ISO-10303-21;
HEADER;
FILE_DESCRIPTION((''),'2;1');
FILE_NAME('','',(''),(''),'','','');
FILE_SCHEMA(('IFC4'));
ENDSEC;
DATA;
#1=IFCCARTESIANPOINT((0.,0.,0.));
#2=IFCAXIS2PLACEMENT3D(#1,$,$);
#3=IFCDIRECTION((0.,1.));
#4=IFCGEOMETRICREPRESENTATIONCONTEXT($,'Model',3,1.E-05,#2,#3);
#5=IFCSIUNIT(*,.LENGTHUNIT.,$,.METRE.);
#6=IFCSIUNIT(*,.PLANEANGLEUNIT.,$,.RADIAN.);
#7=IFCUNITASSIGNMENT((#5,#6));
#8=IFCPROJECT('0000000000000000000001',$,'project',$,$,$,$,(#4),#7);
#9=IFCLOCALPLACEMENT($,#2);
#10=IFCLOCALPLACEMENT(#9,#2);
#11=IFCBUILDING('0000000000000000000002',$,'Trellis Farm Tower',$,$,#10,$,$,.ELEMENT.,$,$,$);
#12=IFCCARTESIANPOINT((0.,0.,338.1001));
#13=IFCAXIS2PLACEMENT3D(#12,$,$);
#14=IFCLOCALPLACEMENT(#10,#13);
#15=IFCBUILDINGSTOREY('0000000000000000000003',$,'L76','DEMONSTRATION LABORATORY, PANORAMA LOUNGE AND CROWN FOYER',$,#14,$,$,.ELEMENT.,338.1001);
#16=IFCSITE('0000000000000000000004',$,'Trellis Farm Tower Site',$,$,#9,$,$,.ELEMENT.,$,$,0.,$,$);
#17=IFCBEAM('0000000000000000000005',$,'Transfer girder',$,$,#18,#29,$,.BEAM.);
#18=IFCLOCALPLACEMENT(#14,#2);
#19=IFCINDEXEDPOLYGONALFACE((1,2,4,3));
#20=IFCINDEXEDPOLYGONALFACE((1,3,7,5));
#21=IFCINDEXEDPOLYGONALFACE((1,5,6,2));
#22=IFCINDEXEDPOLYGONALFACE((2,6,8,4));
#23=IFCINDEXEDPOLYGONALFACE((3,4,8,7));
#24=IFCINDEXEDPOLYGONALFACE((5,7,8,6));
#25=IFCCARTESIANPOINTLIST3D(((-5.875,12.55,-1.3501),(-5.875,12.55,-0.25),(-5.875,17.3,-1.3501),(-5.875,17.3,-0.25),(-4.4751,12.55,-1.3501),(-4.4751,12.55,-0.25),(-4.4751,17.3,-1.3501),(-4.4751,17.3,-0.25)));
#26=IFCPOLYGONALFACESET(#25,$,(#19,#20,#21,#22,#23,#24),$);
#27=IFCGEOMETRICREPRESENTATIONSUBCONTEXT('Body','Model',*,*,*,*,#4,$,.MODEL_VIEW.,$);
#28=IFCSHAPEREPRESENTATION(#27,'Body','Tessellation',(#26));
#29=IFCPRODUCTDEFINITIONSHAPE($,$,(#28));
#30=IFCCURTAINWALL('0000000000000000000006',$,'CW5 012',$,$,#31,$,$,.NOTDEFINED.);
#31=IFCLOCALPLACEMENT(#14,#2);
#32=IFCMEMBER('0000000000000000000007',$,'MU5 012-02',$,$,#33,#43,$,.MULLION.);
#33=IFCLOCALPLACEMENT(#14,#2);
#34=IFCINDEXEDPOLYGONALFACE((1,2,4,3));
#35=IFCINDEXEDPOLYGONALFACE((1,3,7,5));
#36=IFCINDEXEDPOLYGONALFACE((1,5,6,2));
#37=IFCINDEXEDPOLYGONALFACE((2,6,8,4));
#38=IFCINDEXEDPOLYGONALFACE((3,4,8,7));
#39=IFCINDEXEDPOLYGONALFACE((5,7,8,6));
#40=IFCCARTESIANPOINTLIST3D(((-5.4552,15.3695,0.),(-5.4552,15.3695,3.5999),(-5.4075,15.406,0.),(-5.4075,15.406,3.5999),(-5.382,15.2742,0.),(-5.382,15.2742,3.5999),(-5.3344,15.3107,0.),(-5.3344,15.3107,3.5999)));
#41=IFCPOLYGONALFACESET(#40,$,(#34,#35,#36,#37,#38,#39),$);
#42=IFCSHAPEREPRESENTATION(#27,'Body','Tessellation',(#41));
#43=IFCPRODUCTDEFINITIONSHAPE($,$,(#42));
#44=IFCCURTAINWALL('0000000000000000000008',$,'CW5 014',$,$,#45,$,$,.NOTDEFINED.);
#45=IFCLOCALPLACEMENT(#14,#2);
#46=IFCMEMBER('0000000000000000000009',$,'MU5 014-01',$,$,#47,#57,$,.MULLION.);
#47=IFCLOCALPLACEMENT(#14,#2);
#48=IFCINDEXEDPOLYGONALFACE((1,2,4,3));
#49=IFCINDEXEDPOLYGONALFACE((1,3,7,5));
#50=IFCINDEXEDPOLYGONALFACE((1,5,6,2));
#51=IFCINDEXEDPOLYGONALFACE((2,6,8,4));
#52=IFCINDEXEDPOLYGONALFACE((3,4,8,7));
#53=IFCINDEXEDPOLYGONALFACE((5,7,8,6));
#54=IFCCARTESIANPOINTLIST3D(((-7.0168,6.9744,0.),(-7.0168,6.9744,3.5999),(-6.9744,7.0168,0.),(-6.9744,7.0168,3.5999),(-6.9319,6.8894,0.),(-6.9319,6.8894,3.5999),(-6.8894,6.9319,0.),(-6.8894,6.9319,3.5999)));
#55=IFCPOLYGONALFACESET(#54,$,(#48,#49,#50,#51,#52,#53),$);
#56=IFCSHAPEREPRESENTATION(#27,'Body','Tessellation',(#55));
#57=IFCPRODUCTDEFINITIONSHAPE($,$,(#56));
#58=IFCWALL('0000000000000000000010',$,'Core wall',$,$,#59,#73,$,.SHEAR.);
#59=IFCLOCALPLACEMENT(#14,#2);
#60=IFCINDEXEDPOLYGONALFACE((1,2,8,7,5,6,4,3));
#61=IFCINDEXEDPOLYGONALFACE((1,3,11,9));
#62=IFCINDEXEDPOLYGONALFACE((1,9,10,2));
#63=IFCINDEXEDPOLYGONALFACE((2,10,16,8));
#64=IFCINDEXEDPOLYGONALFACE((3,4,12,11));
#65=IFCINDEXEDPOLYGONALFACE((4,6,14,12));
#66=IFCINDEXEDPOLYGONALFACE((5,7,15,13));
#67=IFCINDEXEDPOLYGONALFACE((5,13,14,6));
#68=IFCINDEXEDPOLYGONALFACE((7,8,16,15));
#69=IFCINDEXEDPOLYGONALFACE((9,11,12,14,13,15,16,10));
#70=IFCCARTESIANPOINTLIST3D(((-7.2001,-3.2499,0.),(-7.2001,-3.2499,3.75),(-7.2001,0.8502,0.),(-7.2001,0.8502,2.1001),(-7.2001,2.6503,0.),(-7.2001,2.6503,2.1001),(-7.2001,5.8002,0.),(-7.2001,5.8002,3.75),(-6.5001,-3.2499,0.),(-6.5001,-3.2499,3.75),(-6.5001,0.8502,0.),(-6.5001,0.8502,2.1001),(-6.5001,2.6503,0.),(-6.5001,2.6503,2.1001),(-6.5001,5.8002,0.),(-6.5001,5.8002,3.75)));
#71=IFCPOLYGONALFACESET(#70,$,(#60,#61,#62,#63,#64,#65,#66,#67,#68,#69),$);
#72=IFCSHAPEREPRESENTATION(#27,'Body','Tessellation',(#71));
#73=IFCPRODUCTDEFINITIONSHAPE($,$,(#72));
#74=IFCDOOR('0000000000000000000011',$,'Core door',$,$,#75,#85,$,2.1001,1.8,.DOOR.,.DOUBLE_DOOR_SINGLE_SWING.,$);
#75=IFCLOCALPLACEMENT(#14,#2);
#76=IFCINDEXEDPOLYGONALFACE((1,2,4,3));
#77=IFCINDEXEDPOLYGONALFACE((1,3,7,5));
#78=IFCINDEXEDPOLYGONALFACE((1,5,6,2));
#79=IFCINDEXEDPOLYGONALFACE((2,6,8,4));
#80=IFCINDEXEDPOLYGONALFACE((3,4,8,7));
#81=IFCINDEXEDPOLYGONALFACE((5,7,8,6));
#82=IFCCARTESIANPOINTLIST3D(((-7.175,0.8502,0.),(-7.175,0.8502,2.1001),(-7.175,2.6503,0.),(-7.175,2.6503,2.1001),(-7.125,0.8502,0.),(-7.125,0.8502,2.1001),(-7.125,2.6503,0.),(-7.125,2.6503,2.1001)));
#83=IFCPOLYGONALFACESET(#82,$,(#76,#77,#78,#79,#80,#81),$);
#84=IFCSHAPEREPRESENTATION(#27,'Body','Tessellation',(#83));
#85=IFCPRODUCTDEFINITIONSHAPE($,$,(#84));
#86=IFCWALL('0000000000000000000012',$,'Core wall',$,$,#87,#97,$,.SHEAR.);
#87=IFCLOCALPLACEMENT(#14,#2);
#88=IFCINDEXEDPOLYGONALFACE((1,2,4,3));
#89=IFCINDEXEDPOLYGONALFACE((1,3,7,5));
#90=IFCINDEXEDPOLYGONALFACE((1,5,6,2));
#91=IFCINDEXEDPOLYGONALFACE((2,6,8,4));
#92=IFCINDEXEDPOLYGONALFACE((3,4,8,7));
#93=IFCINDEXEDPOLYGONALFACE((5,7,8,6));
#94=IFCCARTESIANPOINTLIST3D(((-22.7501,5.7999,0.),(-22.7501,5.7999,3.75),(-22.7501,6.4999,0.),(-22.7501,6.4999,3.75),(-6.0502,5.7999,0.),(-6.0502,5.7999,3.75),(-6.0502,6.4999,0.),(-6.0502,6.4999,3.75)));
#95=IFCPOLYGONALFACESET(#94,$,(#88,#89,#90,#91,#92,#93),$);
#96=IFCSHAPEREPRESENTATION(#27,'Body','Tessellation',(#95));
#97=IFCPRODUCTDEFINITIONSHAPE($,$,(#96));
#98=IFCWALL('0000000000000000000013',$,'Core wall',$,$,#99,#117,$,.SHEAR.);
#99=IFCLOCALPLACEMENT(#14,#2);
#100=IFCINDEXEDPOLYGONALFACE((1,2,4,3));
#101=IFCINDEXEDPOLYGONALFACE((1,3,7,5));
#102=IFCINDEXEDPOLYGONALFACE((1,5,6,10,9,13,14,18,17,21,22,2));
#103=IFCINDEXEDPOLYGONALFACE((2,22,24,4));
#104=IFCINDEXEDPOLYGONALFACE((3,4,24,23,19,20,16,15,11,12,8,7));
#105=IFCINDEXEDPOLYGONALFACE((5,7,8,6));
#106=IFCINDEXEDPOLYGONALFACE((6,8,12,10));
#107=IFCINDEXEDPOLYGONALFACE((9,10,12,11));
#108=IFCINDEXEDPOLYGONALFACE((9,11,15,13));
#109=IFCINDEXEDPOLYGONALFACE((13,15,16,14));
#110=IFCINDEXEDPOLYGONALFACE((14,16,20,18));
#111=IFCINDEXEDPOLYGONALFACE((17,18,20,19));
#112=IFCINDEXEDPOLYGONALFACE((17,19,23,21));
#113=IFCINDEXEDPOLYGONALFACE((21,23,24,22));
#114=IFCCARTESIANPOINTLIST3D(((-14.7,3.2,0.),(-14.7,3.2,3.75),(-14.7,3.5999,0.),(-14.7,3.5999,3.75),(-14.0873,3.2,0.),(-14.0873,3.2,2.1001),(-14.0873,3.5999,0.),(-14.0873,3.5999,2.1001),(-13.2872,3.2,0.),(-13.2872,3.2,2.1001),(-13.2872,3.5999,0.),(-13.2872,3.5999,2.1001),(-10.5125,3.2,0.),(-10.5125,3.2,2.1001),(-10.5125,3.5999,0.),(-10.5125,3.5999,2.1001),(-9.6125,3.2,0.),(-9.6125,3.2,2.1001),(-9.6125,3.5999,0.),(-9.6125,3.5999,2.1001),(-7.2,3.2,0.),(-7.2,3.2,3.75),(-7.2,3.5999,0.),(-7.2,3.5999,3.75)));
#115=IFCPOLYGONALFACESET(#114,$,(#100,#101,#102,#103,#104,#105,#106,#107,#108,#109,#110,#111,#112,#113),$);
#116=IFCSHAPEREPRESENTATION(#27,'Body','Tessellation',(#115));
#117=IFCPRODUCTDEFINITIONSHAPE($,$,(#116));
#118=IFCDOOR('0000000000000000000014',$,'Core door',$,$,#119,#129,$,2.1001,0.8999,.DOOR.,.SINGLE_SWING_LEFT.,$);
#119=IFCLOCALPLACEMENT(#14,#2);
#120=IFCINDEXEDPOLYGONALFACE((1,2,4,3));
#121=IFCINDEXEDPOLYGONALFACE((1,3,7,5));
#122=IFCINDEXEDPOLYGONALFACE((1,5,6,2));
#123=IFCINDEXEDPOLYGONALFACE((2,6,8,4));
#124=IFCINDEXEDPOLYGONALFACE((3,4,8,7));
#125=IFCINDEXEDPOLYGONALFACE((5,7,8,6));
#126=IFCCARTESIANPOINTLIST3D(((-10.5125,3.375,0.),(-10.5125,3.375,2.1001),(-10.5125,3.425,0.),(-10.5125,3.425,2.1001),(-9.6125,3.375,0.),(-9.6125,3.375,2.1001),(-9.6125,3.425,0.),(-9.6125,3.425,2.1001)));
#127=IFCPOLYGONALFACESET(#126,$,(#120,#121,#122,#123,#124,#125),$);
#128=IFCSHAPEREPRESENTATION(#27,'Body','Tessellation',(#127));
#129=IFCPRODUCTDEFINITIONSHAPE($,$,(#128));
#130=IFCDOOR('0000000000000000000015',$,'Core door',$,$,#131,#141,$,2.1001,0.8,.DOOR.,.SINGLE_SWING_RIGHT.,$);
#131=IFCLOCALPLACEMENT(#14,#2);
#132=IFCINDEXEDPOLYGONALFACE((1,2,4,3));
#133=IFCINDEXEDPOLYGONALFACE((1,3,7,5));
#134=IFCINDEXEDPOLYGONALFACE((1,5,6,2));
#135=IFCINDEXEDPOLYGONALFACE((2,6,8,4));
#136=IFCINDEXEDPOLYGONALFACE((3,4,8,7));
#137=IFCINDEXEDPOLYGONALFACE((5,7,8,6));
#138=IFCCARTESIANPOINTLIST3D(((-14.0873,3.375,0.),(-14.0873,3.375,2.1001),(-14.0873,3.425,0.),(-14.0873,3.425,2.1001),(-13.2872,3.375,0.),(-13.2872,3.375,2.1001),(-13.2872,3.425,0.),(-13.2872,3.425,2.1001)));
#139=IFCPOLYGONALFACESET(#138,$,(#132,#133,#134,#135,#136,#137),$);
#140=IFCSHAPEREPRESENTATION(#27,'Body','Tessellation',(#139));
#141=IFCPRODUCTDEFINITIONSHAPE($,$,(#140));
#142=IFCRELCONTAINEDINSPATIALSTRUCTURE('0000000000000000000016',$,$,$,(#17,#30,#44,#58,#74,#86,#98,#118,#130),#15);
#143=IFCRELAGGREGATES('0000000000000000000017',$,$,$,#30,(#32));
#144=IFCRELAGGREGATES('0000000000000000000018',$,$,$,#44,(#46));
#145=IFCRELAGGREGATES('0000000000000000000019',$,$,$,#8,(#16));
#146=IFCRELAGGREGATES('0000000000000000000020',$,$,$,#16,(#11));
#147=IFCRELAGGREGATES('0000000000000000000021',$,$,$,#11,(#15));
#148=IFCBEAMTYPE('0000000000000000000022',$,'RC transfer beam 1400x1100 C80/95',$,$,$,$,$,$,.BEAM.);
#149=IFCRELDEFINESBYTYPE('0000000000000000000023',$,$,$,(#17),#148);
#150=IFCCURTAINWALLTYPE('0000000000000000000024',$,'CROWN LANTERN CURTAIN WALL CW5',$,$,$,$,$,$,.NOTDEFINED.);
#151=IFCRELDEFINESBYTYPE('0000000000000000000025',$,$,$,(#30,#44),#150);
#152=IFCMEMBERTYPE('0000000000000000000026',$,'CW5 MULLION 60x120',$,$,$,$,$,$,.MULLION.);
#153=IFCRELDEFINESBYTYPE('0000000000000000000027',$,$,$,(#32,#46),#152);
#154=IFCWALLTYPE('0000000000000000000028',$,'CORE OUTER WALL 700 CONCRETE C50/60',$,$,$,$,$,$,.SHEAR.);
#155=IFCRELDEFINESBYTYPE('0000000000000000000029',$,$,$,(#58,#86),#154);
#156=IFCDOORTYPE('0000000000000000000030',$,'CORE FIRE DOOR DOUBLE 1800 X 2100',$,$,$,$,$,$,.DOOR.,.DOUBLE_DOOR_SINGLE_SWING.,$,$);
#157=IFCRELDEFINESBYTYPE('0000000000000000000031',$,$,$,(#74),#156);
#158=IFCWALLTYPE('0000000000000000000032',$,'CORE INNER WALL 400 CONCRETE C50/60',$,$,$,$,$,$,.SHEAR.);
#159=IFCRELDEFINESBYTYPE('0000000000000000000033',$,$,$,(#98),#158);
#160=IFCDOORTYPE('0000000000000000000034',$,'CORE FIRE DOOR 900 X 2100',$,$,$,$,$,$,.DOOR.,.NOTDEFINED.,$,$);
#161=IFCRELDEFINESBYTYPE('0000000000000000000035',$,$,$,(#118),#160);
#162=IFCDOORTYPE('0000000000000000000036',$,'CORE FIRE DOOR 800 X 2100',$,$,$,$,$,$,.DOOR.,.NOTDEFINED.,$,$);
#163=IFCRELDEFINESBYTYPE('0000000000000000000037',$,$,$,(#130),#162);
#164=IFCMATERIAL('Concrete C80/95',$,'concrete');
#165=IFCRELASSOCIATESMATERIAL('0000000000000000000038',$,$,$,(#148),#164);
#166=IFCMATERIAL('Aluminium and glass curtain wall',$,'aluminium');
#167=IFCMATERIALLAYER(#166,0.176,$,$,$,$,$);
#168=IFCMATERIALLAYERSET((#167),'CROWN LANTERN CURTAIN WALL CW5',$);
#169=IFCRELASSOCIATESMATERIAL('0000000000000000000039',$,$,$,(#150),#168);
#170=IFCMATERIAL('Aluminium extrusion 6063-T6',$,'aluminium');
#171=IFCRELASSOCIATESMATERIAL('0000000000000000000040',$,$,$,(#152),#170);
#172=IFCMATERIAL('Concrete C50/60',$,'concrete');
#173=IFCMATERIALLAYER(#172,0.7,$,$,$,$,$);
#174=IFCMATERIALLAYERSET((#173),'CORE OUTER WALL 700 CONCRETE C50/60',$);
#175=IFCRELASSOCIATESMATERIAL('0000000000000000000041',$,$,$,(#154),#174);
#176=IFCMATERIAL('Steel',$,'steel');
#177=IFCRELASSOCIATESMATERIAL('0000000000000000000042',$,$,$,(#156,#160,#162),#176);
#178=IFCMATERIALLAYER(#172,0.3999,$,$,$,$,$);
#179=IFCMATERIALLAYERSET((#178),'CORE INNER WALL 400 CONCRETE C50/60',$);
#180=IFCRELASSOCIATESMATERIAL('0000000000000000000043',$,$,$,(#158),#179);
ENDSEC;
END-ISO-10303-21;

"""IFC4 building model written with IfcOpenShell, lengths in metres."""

from ifc_helpers import new_model, si_unit, direction, frame, frame_2d, origin, origin_2d, place, context, subcontext, project, spatial, rectangle, extrude, source, transform, mapped, material, layer, layer_set, material_profile, profile_set, type_object, element, fill, aggregate, save


model = new_model("IFC4")

# Units and contexts
model_context = context("Model", 3, precision=1e-05, world=origin(), true_north=direction((0.0, 1.0)))
body_context = subcontext(model_context, "Body", "Model", "MODEL_VIEW")
ifc_project = project(units=[si_unit("LENGTHUNIT", "METRE"), si_unit("PLANEANGLEUNIT", "RADIAN")], contexts=[model_context])

# Site, building, storey
site_placement = place(None, origin())
site = spatial("IfcSite", under=ifc_project, at=site_placement, Name="Trellis Farm Tower Site", CompositionType="ELEMENT", RefElevation=0.0)
building_placement = place(site_placement, origin())
building = spatial("IfcBuilding", under=site, at=building_placement, Name="Trellis Farm Tower", CompositionType="ELEMENT")
storey_placement = place(building_placement, frame((0.0, 0.0, 338.1001)))
storey = spatial("IfcBuildingStorey", under=building, at=storey_placement, Name="L76", Description="DEMONSTRATION LABORATORY, PANORAMA LOUNGE AND CROWN FOYER", CompositionType="ELEMENT", Elevation=338.1001)

# Shared definitions
ifc_material_1 = material(Name="Concrete C50/60", Category="concrete")

# Beam
ifc_material_2 = material(Name="Concrete C80/95", Category="concrete")
ifc_material_profile_1 = material_profile(ifc_material_2, rectangle(XDim=1.3999, YDim=1.1001, at=origin_2d()), Name="RC transfer beam 1400x1100 C80/95")
ifc_profile_set_1 = profile_set([ifc_material_profile_1], Name="Concrete C80/95")
beam_type_1 = type_object("IfcBeamType", Name="RC transfer beam 1400x1100 C80/95", PredefinedType="BEAM", material=ifc_profile_set_1)
shared_shape_1 = source(origin(), body_context, "Body", "SweptSolid", [
    extrude(rectangle(XDim=1.3999, YDim=1.1001, at=origin_2d()), origin(), (0.0, 0.0, 1.0), 4.75),
])
beam_1_placement = place(storey_placement, frame((-5.175, 12.55, -0.8), z_axis=(0.0, 1.0, 0.0), x_axis=(-1.0, 0.0, 0.0)))
element("IfcBeam", 1, at=beam_1_placement, inside=storey, type_object=beam_type_1, Name="Transfer girder", PredefinedType="BEAM", context=body_context, shape_type="MappedRepresentation", body=[
    mapped(shared_shape_1, transform((0.0, 0.0, 0.0))),
])

# Curtain walls, members
ifc_material_3 = material(Name="Aluminium and glass curtain wall", Category="aluminium")
ifc_layer_1 = layer(ifc_material_3, 0.176)
ifc_layer_set_1 = layer_set([ifc_layer_1], Name="CROWN LANTERN CURTAIN WALL CW5")
curtain_wall_type = type_object("IfcCurtainWallType", Name="CROWN LANTERN CURTAIN WALL CW5", PredefinedType="NOTDEFINED", material=ifc_layer_set_1)
placement = place(storey_placement, origin())
curtain_wall_1 = element("IfcCurtainWall", 2, at=placement, inside=storey, type_object=curtain_wall_type, Name="CW5 012", PredefinedType="NOTDEFINED")
ifc_material_4 = material(Name="Aluminium extrusion 6063-T6", Category="aluminium")
ifc_material_profile_2 = material_profile(ifc_material_4, rectangle(XDim=0.0601, YDim=0.1201, at=origin_2d()), Name="MULLION 60x120")
ifc_profile_set_2 = profile_set([ifc_material_profile_2], Name="Aluminium extrusion 6063-T6")
member_type = type_object("IfcMemberType", Name="CW5 MULLION 60x120", PredefinedType="MULLION", material=ifc_profile_set_2)
shared_shape_2 = source(origin(), body_context, "Body", "SweptSolid", [
    extrude(rectangle(XDim=0.0601, YDim=0.1201, at=origin_2d()), origin(), (0.0, 0.0, 1.0), 3.5999),
])
member_1_placement = place(storey_placement, frame((-5.3948, 15.3401, 0.0), z_axis=(0.0, 0.0, 1.0), x_axis=(-0.793353, -0.608761, 0.0)))
member_1 = element("IfcMember", 3, at=member_1_placement, type_object=member_type, Name="MU5 012-02", PredefinedType="MULLION", context=body_context, shape_type="MappedRepresentation", body=[
    mapped(shared_shape_2, transform((0.0, 0.0, 0.0))),
])
aggregate(curtain_wall_1, [member_1])
curtain_wall_2 = element("IfcCurtainWall", 4, at=placement, inside=storey, type_object=curtain_wall_type, Name="CW5 014", PredefinedType="NOTDEFINED")
member_2_placement = place(storey_placement, frame((-6.9531, 6.9531, 0.0), z_axis=(0.0, 0.0, 1.0), x_axis=(-0.707107, -0.707107, 0.0)))
member_2 = element("IfcMember", 5, at=member_2_placement, type_object=member_type, Name="MU5 014-01", PredefinedType="MULLION", context=body_context, shape_type="MappedRepresentation", body=[
    mapped(shared_shape_2, transform((0.0, 0.0, 0.0))),
])
aggregate(curtain_wall_2, [member_2])

# Wall, opening, door
ifc_layer_2 = layer(ifc_material_1, 0.7)
ifc_layer_set_2 = layer_set([ifc_layer_2], Name="CORE OUTER WALL 700 CONCRETE C50/60")
wall_type_1 = type_object("IfcWallType", Name="CORE OUTER WALL 700 CONCRETE C50/60", PredefinedType="SHEAR", material=ifc_layer_set_2)
shared_shape_3 = source(origin(), body_context, "Body", "SweptSolid", [
    extrude(rectangle(XDim=9.05, YDim=0.7, at=frame_2d((4.5249, 0.0))), origin(), (0.0, 0.0, 1.0), 3.75),
])
wall_1_placement = place(storey_placement, frame((-6.8501, 5.8, 0.0), z_axis=(0.0, 0.0, 1.0), x_axis=(0.0, -1.0, 0.0)))
wall_1 = element("IfcWall", 6, at=wall_1_placement, inside=storey, type_object=wall_type_1, Name="Core wall", PredefinedType="SHEAR", context=body_context, shape_type="MappedRepresentation", body=[
    mapped(shared_shape_3, transform((0.0, 0.0, 0.0))),
])
shared_shape_4 = source(origin(), body_context, "Body", "SweptSolid", [
    extrude(rectangle(XDim=1.8, YDim=2.1001, at=frame_2d((0.8999, 1.05))), frame((0.0, 0.3601, 0.0), z_axis=(0.0, -1.0, 0.0), x_axis=(1.0, 0.0, 0.0)), (0.0, 0.0, 1.0), 0.7202),
])
opening_1_placement = place(wall_1_placement, frame((3.1499, 0.0, 0.0)))
opening_1 = element("IfcOpeningElement", 7, at=opening_1_placement, cuts=wall_1, PredefinedType="OPENING", context=body_context, shape_type="MappedRepresentation", body=[
    mapped(shared_shape_4, transform((0.0, 0.0, 0.0))),
])
ifc_material_5 = material(Name="Steel", Category="steel")
door_type_1 = type_object("IfcDoorType", Name="CORE FIRE DOOR DOUBLE 1800 X 2100", OperationType="DOUBLE_DOOR_SINGLE_SWING", PredefinedType="DOOR", material=ifc_material_5)
shared_shape_5 = source(origin(), body_context, "Body", "SweptSolid", [
    extrude(rectangle(XDim=1.8, YDim=2.1001, at=frame_2d((0.8999, 1.05))), frame((0.0, -0.2749, 0.0), z_axis=(0.0, -1.0, 0.0), x_axis=(1.0, 0.0, 0.0)), (0.0, 0.0, 1.0), 0.05),
])
door_1_placement = place(opening_1_placement, origin())
door_1 = element("IfcDoor", 8, at=door_1_placement, inside=storey, type_object=door_type_1, Name="Core door", OperationType="DOUBLE_DOOR_SINGLE_SWING", OverallHeight=2.1001, OverallWidth=1.8, PredefinedType="DOOR", context=body_context, shape_type="MappedRepresentation", body=[
    mapped(shared_shape_5, transform((0.0, 0.0, 0.0))),
])
fill(opening_1, door_1)

# Wall
shared_shape_6 = source(origin(), body_context, "Body", "SweptSolid", [
    extrude(rectangle(XDim=16.7, YDim=0.7, at=frame_2d((8.3501, 0.0))), origin(), (0.0, 0.0, 1.0), 3.75),
])
wall_2_placement = place(storey_placement, frame((-6.05, 6.1499, 0.0), z_axis=(0.0, 0.0, 1.0), x_axis=(-1.0, 0.0, 0.0)))
element("IfcWall", 9, at=wall_2_placement, inside=storey, type_object=wall_type_1, Name="Core wall", PredefinedType="SHEAR", context=body_context, shape_type="MappedRepresentation", body=[
    mapped(shared_shape_6, transform((0.0, 0.0, 0.0))),
])

# Wall, openings, doors
ifc_layer_3 = layer(ifc_material_1, 0.3999)
ifc_layer_set_3 = layer_set([ifc_layer_3], Name="CORE INNER WALL 400 CONCRETE C50/60")
wall_type_2 = type_object("IfcWallType", Name="CORE INNER WALL 400 CONCRETE C50/60", PredefinedType="SHEAR", material=ifc_layer_set_3)
shared_shape_7 = source(origin(), body_context, "Body", "SweptSolid", [
    extrude(rectangle(XDim=7.5, YDim=0.3999, at=frame_2d((3.75, 0.0))), origin(), (0.0, 0.0, 1.0), 3.75),
])
wall_3_placement = place(storey_placement, frame((-7.2, 3.3999, 0.0), z_axis=(0.0, 0.0, 1.0), x_axis=(-1.0, 0.0, 0.0)))
wall_3 = element("IfcWall", 10, at=wall_3_placement, inside=storey, type_object=wall_type_2, Name="Core wall", PredefinedType="SHEAR", context=body_context, shape_type="MappedRepresentation", body=[
    mapped(shared_shape_7, transform((0.0, 0.0, 0.0))),
])
shared_shape_8 = source(origin(), body_context, "Body", "SweptSolid", [
    extrude(rectangle(XDim=0.8999, YDim=2.1001, at=frame_2d((0.45, 1.05))), frame((0.0, 0.21, 0.0), z_axis=(0.0, -1.0, 0.0), x_axis=(1.0, 0.0, 0.0)), (0.0, 0.0, 1.0), 0.4199),
])
opening_2_placement = place(wall_3_placement, frame((2.4126, 0.0, 0.0)))
opening_2 = element("IfcOpeningElement", 11, at=opening_2_placement, cuts=wall_3, PredefinedType="OPENING", context=body_context, shape_type="MappedRepresentation", body=[
    mapped(shared_shape_8, transform((0.0, 0.0, 0.0))),
])
shared_shape_9 = source(origin(), body_context, "Body", "SweptSolid", [
    extrude(rectangle(XDim=0.8, YDim=2.1001, at=frame_2d((0.3999, 1.05))), frame((0.0, 0.21, 0.0), z_axis=(0.0, -1.0, 0.0), x_axis=(1.0, 0.0, 0.0)), (0.0, 0.0, 1.0), 0.4199),
])
opening_3_placement = place(wall_3_placement, frame((6.0874, 0.0, 0.0)))
opening_3 = element("IfcOpeningElement", 12, at=opening_3_placement, cuts=wall_3, PredefinedType="OPENING", context=body_context, shape_type="MappedRepresentation", body=[
    mapped(shared_shape_9, transform((0.0, 0.0, 0.0))),
])
door_type_2 = type_object("IfcDoorType", Name="CORE FIRE DOOR 900 X 2100", OperationType="NOTDEFINED", PredefinedType="DOOR", material=ifc_material_5)
shared_shape_10 = source(origin(), body_context, "Body", "SweptSolid", [
    extrude(rectangle(XDim=0.8999, YDim=2.1001, at=frame_2d((0.45, 1.05))), frame((0.0, 0.0249, 0.0), z_axis=(0.0, -1.0, 0.0), x_axis=(1.0, 0.0, 0.0)), (0.0, 0.0, 1.0), 0.05),
])
door_2_placement = place(opening_2_placement, origin())
door_2 = element("IfcDoor", 13, at=door_2_placement, inside=storey, type_object=door_type_2, Name="Core door", OperationType="SINGLE_SWING_LEFT", OverallHeight=2.1001, OverallWidth=0.8999, PredefinedType="DOOR", context=body_context, shape_type="MappedRepresentation", body=[
    mapped(shared_shape_10, transform((0.0, 0.0, 0.0))),
])
fill(opening_2, door_2)
door_type_3 = type_object("IfcDoorType", Name="CORE FIRE DOOR 800 X 2100", OperationType="NOTDEFINED", PredefinedType="DOOR", material=ifc_material_5)
shared_shape_11 = source(origin(), body_context, "Body", "SweptSolid", [
    extrude(rectangle(XDim=0.8, YDim=2.1001, at=frame_2d((0.3999, 1.05))), frame((0.0, 0.0249, 0.0), z_axis=(0.0, -1.0, 0.0), x_axis=(1.0, 0.0, 0.0)), (0.0, 0.0, 1.0), 0.05),
])
door_3_placement = place(opening_3_placement, origin())
door_3 = element("IfcDoor", 14, at=door_3_placement, inside=storey, type_object=door_type_3, Name="Core door", OperationType="SINGLE_SWING_RIGHT", OverallHeight=2.1001, OverallWidth=0.8, PredefinedType="DOOR", context=body_context, shape_type="MappedRepresentation", body=[
    mapped(shared_shape_11, transform((0.0, 0.0, 0.0))),
])
fill(opening_3, door_3)

save(model, "model.ifc")
